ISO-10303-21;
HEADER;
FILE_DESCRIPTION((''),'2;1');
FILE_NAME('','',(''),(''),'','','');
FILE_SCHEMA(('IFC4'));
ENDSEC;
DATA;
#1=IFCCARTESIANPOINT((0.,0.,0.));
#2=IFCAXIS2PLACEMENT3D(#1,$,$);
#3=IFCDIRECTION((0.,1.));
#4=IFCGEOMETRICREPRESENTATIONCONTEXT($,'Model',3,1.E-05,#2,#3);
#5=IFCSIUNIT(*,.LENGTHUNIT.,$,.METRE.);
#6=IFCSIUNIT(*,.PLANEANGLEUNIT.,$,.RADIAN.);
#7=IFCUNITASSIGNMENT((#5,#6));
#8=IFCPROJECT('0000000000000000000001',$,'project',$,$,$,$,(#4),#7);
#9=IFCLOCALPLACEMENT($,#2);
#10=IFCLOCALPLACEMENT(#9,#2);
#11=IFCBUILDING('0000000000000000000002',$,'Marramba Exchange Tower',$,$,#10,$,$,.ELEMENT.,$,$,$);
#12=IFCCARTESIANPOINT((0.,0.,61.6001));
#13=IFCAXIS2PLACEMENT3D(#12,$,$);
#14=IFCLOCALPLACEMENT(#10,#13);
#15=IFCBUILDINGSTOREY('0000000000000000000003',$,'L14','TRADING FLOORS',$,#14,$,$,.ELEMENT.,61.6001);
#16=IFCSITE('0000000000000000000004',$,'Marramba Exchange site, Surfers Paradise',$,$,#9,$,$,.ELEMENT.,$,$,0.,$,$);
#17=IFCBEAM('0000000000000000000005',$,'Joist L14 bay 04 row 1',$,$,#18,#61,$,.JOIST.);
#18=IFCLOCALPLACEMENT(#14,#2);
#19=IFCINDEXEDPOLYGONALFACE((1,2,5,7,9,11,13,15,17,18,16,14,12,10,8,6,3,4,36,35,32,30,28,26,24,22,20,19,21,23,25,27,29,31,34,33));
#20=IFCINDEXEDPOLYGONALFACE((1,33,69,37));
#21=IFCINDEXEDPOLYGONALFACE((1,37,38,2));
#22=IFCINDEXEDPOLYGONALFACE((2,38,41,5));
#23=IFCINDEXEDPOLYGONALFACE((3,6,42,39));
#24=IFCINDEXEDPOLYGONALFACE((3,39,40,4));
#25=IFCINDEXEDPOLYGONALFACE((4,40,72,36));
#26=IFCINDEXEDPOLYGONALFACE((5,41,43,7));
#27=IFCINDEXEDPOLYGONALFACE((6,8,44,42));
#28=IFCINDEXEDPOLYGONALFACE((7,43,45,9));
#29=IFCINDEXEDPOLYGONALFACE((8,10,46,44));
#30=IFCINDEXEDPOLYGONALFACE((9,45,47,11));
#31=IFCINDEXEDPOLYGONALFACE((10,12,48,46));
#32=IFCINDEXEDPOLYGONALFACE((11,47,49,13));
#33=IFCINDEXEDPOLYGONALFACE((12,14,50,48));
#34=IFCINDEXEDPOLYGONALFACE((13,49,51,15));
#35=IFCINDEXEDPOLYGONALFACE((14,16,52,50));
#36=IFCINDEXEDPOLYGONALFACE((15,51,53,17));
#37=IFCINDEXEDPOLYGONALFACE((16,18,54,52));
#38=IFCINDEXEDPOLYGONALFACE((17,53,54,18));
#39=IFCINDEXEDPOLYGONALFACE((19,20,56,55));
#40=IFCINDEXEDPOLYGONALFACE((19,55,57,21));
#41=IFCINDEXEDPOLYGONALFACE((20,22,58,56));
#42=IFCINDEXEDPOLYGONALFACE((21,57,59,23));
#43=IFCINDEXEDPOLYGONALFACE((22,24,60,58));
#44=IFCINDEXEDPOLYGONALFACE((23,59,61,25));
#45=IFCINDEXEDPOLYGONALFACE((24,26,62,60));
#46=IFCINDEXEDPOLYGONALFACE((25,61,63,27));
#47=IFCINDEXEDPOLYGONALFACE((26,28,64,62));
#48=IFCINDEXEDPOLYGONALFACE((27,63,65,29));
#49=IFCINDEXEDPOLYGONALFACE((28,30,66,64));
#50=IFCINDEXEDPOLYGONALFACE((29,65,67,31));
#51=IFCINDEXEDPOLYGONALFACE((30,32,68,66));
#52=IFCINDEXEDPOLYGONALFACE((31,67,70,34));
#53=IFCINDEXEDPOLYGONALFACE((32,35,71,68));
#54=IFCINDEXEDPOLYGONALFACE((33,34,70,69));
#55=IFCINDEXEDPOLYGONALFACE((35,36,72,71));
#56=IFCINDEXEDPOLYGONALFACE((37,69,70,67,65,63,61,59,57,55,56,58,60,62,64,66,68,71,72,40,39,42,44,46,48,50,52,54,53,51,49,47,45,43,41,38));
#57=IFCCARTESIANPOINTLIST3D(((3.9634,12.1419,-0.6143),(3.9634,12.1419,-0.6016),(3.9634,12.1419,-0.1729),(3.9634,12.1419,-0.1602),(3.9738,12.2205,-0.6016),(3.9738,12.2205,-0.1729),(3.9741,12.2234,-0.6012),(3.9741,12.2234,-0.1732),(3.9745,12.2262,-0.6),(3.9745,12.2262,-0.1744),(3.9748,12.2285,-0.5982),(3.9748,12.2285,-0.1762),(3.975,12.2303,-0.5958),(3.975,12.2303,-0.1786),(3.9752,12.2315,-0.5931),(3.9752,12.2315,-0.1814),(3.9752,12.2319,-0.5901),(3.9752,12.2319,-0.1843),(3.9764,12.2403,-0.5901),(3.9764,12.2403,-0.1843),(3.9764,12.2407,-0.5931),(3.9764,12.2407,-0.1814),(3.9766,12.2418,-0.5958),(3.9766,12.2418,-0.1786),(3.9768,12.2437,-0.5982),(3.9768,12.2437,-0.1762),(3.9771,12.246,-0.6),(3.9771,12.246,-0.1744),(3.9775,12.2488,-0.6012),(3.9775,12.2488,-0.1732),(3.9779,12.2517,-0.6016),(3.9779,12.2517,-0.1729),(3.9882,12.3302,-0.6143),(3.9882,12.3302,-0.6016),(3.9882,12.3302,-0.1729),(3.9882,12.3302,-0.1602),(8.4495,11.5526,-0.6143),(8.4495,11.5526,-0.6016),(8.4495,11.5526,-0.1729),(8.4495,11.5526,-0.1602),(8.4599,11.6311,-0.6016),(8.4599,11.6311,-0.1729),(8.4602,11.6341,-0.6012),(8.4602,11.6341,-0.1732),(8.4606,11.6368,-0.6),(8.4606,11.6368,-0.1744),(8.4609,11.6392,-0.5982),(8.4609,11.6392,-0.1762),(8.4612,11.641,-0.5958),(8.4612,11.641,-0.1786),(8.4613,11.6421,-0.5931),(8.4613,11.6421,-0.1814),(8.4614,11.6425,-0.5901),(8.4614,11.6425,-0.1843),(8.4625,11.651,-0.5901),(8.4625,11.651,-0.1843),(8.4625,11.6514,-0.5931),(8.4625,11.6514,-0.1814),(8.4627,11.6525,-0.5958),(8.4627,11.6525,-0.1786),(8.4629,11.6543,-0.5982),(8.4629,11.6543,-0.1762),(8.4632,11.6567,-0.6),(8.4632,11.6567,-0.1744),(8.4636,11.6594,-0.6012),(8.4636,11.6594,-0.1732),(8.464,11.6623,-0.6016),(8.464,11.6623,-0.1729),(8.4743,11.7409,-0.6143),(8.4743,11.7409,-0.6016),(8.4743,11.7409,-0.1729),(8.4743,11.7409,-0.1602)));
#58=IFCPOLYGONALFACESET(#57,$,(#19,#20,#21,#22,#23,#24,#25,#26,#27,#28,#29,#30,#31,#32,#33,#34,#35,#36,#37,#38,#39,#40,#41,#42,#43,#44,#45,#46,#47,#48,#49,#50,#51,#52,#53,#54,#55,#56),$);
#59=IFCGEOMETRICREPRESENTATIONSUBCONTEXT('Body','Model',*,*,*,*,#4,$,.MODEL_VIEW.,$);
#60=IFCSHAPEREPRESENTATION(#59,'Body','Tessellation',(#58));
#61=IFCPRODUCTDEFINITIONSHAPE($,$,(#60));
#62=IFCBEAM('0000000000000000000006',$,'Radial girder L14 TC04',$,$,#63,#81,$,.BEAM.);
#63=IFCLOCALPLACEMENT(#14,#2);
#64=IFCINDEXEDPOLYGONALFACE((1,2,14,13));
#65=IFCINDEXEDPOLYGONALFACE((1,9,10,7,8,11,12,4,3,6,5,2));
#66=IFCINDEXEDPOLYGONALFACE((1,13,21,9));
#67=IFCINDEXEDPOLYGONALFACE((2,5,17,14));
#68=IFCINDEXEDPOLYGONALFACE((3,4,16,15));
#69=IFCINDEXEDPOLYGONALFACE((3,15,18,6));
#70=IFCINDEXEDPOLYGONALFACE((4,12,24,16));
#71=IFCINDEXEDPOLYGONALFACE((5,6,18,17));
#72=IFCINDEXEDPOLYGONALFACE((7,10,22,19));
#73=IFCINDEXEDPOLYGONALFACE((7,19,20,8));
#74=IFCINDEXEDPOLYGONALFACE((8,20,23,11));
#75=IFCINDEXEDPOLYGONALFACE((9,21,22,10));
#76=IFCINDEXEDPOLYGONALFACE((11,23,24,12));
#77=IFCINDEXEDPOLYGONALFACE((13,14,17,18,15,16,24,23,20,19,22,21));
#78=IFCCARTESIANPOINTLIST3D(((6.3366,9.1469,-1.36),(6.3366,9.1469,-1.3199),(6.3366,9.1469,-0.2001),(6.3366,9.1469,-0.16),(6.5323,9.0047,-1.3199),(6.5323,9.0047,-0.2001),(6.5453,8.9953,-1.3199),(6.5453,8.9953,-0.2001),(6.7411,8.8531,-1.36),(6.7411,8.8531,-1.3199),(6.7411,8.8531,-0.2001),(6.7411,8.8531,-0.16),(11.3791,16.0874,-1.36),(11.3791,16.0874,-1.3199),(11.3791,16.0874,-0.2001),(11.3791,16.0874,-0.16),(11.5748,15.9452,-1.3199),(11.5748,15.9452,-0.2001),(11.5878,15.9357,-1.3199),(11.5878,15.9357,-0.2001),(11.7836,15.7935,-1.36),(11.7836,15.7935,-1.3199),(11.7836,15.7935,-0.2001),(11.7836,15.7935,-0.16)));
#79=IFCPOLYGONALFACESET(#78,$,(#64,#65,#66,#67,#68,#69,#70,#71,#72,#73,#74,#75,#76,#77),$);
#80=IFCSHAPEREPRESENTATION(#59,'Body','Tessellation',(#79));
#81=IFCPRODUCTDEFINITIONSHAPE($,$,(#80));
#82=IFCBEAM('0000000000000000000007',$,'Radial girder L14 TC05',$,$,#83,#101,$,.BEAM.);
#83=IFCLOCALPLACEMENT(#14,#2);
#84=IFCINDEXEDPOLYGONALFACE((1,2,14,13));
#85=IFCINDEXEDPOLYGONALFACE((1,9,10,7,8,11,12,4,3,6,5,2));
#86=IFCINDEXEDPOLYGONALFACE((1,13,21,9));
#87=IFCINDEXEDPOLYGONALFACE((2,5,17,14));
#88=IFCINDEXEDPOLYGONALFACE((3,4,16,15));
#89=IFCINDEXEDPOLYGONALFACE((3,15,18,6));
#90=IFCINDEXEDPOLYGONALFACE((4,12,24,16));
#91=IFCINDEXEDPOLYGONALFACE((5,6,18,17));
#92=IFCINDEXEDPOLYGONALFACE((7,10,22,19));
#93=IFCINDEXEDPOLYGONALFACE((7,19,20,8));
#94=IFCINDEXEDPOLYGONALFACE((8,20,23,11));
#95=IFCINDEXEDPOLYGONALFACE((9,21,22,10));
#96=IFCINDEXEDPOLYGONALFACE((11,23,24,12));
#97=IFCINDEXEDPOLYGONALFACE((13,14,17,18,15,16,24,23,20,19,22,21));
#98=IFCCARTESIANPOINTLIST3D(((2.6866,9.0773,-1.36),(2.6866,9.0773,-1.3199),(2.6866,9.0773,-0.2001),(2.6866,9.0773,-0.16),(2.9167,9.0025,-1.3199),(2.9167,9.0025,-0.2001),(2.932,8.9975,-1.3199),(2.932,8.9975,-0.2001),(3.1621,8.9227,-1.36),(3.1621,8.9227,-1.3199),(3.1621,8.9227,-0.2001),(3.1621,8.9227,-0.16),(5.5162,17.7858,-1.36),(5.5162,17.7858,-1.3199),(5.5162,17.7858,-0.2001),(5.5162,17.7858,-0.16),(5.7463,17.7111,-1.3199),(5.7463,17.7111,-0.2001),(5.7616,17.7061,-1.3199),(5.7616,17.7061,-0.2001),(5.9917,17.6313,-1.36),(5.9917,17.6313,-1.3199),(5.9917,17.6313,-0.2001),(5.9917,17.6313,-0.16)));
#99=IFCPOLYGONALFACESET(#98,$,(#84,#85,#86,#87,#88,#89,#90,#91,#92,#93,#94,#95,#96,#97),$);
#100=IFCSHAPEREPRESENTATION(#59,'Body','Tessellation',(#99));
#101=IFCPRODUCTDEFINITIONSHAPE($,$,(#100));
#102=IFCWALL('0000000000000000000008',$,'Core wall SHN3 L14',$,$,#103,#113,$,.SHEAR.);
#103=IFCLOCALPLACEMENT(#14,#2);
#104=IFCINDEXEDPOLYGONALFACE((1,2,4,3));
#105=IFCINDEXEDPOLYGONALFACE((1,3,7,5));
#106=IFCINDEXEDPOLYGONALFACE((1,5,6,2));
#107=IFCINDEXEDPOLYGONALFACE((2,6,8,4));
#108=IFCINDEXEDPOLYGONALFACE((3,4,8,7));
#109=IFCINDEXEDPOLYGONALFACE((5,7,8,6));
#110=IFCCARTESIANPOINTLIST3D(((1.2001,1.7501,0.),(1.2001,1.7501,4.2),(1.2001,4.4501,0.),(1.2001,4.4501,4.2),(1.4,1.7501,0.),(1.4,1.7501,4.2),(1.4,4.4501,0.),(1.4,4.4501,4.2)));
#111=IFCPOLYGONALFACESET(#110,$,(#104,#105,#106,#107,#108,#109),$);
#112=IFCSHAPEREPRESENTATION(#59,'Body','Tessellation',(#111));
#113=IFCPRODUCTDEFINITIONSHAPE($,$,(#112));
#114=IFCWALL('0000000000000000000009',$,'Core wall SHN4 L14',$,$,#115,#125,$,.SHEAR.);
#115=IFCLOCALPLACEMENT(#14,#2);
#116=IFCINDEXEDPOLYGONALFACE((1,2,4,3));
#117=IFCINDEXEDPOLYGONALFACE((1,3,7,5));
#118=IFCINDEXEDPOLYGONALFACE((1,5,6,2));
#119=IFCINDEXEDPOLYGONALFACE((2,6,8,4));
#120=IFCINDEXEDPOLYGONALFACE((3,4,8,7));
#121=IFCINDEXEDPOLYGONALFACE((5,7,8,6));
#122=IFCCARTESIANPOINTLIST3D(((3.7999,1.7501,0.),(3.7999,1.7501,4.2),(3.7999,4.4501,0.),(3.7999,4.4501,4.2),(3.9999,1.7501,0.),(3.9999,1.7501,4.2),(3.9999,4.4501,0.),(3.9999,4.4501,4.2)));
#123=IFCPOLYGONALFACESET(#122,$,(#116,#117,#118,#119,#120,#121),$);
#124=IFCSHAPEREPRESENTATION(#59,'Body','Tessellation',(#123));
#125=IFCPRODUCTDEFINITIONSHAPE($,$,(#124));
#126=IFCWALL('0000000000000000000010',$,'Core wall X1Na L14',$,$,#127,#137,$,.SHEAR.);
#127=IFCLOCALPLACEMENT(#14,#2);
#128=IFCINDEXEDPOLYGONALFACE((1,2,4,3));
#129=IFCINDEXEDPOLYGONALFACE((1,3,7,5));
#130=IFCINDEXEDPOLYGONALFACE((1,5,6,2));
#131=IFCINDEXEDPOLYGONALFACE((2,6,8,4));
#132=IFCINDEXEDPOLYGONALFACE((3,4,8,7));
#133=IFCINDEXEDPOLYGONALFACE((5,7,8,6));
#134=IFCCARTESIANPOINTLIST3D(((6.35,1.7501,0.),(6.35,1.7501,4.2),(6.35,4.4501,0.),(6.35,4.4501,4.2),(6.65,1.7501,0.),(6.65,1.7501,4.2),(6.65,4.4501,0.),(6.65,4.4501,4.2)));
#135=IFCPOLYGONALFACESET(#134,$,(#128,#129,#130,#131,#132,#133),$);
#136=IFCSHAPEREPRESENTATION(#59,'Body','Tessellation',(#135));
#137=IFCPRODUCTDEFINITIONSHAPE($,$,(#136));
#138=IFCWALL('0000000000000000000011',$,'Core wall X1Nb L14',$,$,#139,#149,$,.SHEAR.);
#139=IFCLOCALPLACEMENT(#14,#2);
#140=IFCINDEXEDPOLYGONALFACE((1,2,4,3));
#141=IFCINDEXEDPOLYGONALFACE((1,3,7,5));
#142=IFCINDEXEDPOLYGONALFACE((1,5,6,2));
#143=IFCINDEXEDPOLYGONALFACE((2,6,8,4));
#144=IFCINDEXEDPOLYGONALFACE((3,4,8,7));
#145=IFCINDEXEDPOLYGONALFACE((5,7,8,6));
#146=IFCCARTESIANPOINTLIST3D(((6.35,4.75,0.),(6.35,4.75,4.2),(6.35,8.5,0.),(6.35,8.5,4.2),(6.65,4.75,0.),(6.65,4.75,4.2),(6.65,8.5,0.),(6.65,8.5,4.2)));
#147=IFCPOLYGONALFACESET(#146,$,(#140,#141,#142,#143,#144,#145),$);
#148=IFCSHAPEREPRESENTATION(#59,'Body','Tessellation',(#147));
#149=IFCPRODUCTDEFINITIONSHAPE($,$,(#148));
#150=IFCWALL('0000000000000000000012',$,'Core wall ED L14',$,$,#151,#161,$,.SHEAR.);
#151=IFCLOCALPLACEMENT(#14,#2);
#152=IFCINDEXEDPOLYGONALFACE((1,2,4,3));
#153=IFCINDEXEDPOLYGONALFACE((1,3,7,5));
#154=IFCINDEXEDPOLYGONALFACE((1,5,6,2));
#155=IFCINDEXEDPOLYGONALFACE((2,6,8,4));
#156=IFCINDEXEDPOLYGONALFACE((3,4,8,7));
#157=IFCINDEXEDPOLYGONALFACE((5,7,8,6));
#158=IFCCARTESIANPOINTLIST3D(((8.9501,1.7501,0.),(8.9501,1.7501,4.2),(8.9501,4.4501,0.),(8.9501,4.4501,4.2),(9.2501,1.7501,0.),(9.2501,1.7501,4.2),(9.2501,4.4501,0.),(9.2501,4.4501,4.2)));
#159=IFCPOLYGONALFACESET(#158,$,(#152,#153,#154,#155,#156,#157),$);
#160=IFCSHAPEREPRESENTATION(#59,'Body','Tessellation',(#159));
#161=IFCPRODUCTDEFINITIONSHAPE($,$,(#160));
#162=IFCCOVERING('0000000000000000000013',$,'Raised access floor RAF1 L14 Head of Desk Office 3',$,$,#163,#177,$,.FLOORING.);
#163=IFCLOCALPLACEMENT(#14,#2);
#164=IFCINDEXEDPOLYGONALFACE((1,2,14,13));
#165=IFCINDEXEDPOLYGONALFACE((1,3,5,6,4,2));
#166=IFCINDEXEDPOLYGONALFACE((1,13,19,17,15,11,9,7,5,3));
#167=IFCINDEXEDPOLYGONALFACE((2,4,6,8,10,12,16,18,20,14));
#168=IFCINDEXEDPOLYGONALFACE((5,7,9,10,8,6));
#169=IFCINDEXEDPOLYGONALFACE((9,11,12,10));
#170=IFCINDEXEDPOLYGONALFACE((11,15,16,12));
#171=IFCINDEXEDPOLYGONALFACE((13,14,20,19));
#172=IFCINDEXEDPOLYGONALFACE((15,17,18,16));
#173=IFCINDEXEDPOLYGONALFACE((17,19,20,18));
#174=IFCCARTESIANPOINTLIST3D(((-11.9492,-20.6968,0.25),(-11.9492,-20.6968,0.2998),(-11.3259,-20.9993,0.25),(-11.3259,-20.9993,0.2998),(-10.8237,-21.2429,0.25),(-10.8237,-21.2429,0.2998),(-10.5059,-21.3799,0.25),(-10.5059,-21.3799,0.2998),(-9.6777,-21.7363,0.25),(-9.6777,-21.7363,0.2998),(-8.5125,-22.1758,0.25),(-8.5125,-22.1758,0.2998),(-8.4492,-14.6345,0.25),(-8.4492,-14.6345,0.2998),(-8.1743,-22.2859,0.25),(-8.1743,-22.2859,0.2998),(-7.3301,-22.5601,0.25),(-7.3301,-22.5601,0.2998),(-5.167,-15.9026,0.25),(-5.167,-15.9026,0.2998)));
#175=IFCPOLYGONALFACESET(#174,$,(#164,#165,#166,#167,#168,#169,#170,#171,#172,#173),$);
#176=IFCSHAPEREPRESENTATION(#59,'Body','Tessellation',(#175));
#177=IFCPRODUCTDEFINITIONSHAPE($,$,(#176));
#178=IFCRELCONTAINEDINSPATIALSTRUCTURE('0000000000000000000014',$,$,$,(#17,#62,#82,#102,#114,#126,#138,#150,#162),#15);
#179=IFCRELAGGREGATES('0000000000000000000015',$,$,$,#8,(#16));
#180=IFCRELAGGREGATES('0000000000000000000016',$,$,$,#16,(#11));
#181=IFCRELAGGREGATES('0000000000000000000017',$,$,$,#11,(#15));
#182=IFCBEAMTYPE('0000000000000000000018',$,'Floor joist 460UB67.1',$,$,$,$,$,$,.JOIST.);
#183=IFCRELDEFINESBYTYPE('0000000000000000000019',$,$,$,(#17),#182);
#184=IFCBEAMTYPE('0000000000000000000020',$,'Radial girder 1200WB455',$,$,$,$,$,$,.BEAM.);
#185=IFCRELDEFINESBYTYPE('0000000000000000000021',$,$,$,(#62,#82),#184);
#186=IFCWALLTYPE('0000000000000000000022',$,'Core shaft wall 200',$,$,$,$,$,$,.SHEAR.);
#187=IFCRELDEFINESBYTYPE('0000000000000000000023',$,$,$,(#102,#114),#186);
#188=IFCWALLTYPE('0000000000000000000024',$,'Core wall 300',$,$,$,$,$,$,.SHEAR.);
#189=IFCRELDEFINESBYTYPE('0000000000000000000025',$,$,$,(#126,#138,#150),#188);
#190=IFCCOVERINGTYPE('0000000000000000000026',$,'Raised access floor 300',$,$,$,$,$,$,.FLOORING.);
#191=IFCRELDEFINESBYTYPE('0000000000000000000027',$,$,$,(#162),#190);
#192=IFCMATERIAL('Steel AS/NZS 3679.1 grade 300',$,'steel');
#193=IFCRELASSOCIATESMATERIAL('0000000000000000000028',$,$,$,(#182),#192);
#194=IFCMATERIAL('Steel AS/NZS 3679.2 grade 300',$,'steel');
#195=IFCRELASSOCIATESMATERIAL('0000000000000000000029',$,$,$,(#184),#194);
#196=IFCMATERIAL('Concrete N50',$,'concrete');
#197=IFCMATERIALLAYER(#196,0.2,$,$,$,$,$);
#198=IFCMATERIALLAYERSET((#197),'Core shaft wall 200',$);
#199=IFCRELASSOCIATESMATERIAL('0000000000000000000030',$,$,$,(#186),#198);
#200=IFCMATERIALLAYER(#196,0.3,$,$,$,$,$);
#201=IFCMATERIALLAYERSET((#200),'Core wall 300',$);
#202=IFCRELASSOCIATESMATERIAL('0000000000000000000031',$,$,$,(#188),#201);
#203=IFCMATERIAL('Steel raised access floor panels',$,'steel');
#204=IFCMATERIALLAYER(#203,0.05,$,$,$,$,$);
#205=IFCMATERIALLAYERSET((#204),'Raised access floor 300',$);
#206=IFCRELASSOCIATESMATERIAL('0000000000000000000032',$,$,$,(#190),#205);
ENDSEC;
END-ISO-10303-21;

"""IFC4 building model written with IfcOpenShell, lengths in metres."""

from ifc_helpers import new_model, si_unit, direction, frame, frame_2d, origin, origin_2d, place, context, subcontext, project, spatial, polyline, rectangle, i_section, outline, extrude, material, layer, layer_set, material_profile, profile_set, type_object, element, save


model = new_model("IFC4")

# Units and contexts
model_context = context("Model", 3, precision=1e-05, world=origin(), true_north=direction((0.0, 1.0)))
body_context = subcontext(model_context, "Body", "Model", "MODEL_VIEW")
ifc_project = project(units=[si_unit("LENGTHUNIT", "METRE"), si_unit("PLANEANGLEUNIT", "RADIAN")], contexts=[model_context])

# Site, building, storey
site_placement = place(None, origin())
site = spatial("IfcSite", under=ifc_project, at=site_placement, Name="Marramba Exchange site, Surfers Paradise", CompositionType="ELEMENT", RefElevation=0.0)
building_placement = place(site_placement, origin())
building = spatial("IfcBuilding", under=site, at=building_placement, Name="Marramba Exchange Tower", CompositionType="ELEMENT")
storey_placement = place(building_placement, frame((0.0, 0.0, 61.6001)))
storey = spatial("IfcBuildingStorey", under=building, at=storey_placement, Name="L14", Description="TRADING FLOORS", CompositionType="ELEMENT", Elevation=61.6001)

# Beams
ifc_material_1 = material(Name="Steel AS/NZS 3679.1 grade 300", Category="steel")
ifc_material_profile_1 = material_profile(ifc_material_1, i_section(OverallWidth=0.1899, OverallDepth=0.4541, WebThickness=0.0085, FlangeThickness=0.0127, FilletRadius=0.0115, at=origin_2d()), Name="460UB67.1")
ifc_profile_set_1 = profile_set([ifc_material_profile_1], Name="Steel AS/NZS 3679.1 grade 300")
beam_type_1 = type_object("IfcBeamType", Name="Floor joist 460UB67.1", PredefinedType="JOIST", material=ifc_profile_set_1)
beam_1_placement = place(storey_placement, frame((8.4619, 11.6467, -0.3872), z_axis=(-0.991481, 0.130255, 0.0), x_axis=(-0.130255, -0.991481, 0.0)))
element("IfcBeam", 1, at=beam_1_placement, inside=storey, type_object=beam_type_1, Name="Joist L14 bay 04 row 1", PredefinedType="JOIST", context=body_context, shape_type="SweptSolid", body=[
    extrude(i_section(OverallWidth=0.1899, OverallDepth=0.4541, WebThickness=0.0085, FlangeThickness=0.0127, FilletRadius=0.0115, at=origin_2d()), origin(), (0.0, 0.0, 1.0), 4.5247),
])
ifc_material_2 = material(Name="Steel AS/NZS 3679.2 grade 300", Category="steel")
ifc_material_profile_2 = material_profile(ifc_material_2, i_section(OverallWidth=0.5, OverallDepth=1.2, WebThickness=0.0161, FlangeThickness=0.04, at=origin_2d()), Name="1200WB455")
ifc_profile_set_2 = profile_set([ifc_material_profile_2], Name="Steel AS/NZS 3679.2 grade 300")
beam_type_2 = type_object("IfcBeamType", Name="Radial girder 1200WB455", PredefinedType="BEAM", material=ifc_profile_set_2)
beam_2_placement = place(storey_placement, frame((6.5388, 9.0, -0.76), z_axis=(0.587782, 0.809019, 0.0), x_axis=(-0.809019, 0.587782, 0.0)))
element("IfcBeam", 2, at=beam_2_placement, inside=storey, type_object=beam_type_2, Name="Radial girder L14 TC04", PredefinedType="BEAM", context=body_context, shape_type="SweptSolid", body=[
    extrude(i_section(OverallWidth=0.5, OverallDepth=1.2, WebThickness=0.0161, FlangeThickness=0.04, at=origin_2d()), origin(), (0.0, 0.0, 1.0), 8.5789),
])
beam_3_placement = place(storey_placement, frame((2.9243, 9.0, -0.76), z_axis=(0.30902, 0.951056, 0.0), x_axis=(-0.951056, 0.30902, 0.0)))
element("IfcBeam", 3, at=beam_3_placement, inside=storey, type_object=beam_type_2, Name="Radial girder L14 TC05", PredefinedType="BEAM", context=body_context, shape_type="SweptSolid", body=[
    extrude(i_section(OverallWidth=0.5, OverallDepth=1.2, WebThickness=0.0161, FlangeThickness=0.04, at=origin_2d()), origin(), (0.0, 0.0, 1.0), 9.1567),
])

# Walls
ifc_material_3 = material(Name="Concrete N50", Category="concrete")
ifc_layer_1 = layer(ifc_material_3, 0.2)
ifc_layer_set_1 = layer_set([ifc_layer_1], Name="Core shaft wall 200")
wall_type_1 = type_object("IfcWallType", Name="Core shaft wall 200", PredefinedType="SHEAR", material=ifc_layer_set_1)
for number, where, z_axis, x_axis, name in (
    (4, (1.3, 1.75, 0.0), (0.0, 0.0, 1.0), (0.0, 1.0, 0.0), "Core wall SHN3 L14"),
    (5, (3.8999, 1.75, 0.0), (0.0, 0.0, 1.0), (0.0, 1.0, 0.0), "Core wall SHN4 L14"),
):
    element("IfcWall", number, at=place(storey_placement, frame(where, z_axis=z_axis, x_axis=x_axis)), inside=storey, type_object=wall_type_1, Name=name, PredefinedType="SHEAR", context=body_context, shape_type="SweptSolid", body=[
        extrude(rectangle(XDim=2.7, YDim=0.2, at=frame_2d((1.3501, 0.0))), origin(), (0.0, 0.0, 1.0), 4.2),
    ])
ifc_layer_2 = layer(ifc_material_3, 0.3)
ifc_layer_set_2 = layer_set([ifc_layer_2], Name="Core wall 300")
wall_type_2 = type_object("IfcWallType", Name="Core wall 300", PredefinedType="SHEAR", material=ifc_layer_set_2)
wall_1_placement = place(storey_placement, frame((6.5, 1.75, 0.0), z_axis=(0.0, 0.0, 1.0), x_axis=(0.0, 1.0, 0.0)))
element("IfcWall", 6, at=wall_1_placement, inside=storey, type_object=wall_type_2, Name="Core wall X1Na L14", PredefinedType="SHEAR", context=body_context, shape_type="SweptSolid", body=[
    extrude(rectangle(XDim=2.7, YDim=0.3, at=frame_2d((1.3501, 0.0))), origin(), (0.0, 0.0, 1.0), 4.2),
])
wall_2_placement = place(storey_placement, frame((6.5, 4.75, 0.0), z_axis=(0.0, 0.0, 1.0), x_axis=(0.0, 1.0, 0.0)))
element("IfcWall", 7, at=wall_2_placement, inside=storey, type_object=wall_type_2, Name="Core wall X1Nb L14", PredefinedType="SHEAR", context=body_context, shape_type="SweptSolid", body=[
    extrude(rectangle(XDim=3.75, YDim=0.3, at=frame_2d((1.875, 0.0))), origin(), (0.0, 0.0, 1.0), 4.2),
])
wall_3_placement = place(storey_placement, frame((9.1001, 1.75, 0.0), z_axis=(0.0, 0.0, 1.0), x_axis=(0.0, 1.0, 0.0)))
element("IfcWall", 8, at=wall_3_placement, inside=storey, type_object=wall_type_2, Name="Core wall ED L14", PredefinedType="SHEAR", context=body_context, shape_type="SweptSolid", body=[
    extrude(rectangle(XDim=2.7, YDim=0.3, at=frame_2d((1.3501, 0.0))), origin(), (0.0, 0.0, 1.0), 4.2),
])

# Covering
ifc_material_4 = material(Name="Steel raised access floor panels", Category="steel")
ifc_layer_3 = layer(ifc_material_4, 0.05)
ifc_layer_set_3 = layer_set([ifc_layer_3], Name="Raised access floor 300")
covering_type_1 = type_object("IfcCoveringType", Name="Raised access floor 300", PredefinedType="FLOORING", material=ifc_layer_set_3)
covering_1_placement = place(storey_placement, frame((0.0, 0.0, 0.25)))
element("IfcCovering", 9, at=covering_1_placement, inside=storey, type_object=covering_type_1, Name="Raised access floor RAF1 L14 Head of Desk Office 3", PredefinedType="FLOORING", context=body_context, shape_type="SweptSolid", body=[
    extrude(outline(polyline([(-8.1743, -22.2859), (-8.5125, -22.1758), (-9.6777, -21.7363), (-10.5059, -21.3799), (-10.8237, -21.2429), (-11.3259, -20.9993), (-11.9492, -20.6968), (-8.4492, -14.6345), (-5.167, -15.9026), (-7.3301, -22.5601), (-8.1743, -22.2859)])), origin(), (0.0, 0.0, 1.0), 0.0498),
])

save(model, "model.ifc")
